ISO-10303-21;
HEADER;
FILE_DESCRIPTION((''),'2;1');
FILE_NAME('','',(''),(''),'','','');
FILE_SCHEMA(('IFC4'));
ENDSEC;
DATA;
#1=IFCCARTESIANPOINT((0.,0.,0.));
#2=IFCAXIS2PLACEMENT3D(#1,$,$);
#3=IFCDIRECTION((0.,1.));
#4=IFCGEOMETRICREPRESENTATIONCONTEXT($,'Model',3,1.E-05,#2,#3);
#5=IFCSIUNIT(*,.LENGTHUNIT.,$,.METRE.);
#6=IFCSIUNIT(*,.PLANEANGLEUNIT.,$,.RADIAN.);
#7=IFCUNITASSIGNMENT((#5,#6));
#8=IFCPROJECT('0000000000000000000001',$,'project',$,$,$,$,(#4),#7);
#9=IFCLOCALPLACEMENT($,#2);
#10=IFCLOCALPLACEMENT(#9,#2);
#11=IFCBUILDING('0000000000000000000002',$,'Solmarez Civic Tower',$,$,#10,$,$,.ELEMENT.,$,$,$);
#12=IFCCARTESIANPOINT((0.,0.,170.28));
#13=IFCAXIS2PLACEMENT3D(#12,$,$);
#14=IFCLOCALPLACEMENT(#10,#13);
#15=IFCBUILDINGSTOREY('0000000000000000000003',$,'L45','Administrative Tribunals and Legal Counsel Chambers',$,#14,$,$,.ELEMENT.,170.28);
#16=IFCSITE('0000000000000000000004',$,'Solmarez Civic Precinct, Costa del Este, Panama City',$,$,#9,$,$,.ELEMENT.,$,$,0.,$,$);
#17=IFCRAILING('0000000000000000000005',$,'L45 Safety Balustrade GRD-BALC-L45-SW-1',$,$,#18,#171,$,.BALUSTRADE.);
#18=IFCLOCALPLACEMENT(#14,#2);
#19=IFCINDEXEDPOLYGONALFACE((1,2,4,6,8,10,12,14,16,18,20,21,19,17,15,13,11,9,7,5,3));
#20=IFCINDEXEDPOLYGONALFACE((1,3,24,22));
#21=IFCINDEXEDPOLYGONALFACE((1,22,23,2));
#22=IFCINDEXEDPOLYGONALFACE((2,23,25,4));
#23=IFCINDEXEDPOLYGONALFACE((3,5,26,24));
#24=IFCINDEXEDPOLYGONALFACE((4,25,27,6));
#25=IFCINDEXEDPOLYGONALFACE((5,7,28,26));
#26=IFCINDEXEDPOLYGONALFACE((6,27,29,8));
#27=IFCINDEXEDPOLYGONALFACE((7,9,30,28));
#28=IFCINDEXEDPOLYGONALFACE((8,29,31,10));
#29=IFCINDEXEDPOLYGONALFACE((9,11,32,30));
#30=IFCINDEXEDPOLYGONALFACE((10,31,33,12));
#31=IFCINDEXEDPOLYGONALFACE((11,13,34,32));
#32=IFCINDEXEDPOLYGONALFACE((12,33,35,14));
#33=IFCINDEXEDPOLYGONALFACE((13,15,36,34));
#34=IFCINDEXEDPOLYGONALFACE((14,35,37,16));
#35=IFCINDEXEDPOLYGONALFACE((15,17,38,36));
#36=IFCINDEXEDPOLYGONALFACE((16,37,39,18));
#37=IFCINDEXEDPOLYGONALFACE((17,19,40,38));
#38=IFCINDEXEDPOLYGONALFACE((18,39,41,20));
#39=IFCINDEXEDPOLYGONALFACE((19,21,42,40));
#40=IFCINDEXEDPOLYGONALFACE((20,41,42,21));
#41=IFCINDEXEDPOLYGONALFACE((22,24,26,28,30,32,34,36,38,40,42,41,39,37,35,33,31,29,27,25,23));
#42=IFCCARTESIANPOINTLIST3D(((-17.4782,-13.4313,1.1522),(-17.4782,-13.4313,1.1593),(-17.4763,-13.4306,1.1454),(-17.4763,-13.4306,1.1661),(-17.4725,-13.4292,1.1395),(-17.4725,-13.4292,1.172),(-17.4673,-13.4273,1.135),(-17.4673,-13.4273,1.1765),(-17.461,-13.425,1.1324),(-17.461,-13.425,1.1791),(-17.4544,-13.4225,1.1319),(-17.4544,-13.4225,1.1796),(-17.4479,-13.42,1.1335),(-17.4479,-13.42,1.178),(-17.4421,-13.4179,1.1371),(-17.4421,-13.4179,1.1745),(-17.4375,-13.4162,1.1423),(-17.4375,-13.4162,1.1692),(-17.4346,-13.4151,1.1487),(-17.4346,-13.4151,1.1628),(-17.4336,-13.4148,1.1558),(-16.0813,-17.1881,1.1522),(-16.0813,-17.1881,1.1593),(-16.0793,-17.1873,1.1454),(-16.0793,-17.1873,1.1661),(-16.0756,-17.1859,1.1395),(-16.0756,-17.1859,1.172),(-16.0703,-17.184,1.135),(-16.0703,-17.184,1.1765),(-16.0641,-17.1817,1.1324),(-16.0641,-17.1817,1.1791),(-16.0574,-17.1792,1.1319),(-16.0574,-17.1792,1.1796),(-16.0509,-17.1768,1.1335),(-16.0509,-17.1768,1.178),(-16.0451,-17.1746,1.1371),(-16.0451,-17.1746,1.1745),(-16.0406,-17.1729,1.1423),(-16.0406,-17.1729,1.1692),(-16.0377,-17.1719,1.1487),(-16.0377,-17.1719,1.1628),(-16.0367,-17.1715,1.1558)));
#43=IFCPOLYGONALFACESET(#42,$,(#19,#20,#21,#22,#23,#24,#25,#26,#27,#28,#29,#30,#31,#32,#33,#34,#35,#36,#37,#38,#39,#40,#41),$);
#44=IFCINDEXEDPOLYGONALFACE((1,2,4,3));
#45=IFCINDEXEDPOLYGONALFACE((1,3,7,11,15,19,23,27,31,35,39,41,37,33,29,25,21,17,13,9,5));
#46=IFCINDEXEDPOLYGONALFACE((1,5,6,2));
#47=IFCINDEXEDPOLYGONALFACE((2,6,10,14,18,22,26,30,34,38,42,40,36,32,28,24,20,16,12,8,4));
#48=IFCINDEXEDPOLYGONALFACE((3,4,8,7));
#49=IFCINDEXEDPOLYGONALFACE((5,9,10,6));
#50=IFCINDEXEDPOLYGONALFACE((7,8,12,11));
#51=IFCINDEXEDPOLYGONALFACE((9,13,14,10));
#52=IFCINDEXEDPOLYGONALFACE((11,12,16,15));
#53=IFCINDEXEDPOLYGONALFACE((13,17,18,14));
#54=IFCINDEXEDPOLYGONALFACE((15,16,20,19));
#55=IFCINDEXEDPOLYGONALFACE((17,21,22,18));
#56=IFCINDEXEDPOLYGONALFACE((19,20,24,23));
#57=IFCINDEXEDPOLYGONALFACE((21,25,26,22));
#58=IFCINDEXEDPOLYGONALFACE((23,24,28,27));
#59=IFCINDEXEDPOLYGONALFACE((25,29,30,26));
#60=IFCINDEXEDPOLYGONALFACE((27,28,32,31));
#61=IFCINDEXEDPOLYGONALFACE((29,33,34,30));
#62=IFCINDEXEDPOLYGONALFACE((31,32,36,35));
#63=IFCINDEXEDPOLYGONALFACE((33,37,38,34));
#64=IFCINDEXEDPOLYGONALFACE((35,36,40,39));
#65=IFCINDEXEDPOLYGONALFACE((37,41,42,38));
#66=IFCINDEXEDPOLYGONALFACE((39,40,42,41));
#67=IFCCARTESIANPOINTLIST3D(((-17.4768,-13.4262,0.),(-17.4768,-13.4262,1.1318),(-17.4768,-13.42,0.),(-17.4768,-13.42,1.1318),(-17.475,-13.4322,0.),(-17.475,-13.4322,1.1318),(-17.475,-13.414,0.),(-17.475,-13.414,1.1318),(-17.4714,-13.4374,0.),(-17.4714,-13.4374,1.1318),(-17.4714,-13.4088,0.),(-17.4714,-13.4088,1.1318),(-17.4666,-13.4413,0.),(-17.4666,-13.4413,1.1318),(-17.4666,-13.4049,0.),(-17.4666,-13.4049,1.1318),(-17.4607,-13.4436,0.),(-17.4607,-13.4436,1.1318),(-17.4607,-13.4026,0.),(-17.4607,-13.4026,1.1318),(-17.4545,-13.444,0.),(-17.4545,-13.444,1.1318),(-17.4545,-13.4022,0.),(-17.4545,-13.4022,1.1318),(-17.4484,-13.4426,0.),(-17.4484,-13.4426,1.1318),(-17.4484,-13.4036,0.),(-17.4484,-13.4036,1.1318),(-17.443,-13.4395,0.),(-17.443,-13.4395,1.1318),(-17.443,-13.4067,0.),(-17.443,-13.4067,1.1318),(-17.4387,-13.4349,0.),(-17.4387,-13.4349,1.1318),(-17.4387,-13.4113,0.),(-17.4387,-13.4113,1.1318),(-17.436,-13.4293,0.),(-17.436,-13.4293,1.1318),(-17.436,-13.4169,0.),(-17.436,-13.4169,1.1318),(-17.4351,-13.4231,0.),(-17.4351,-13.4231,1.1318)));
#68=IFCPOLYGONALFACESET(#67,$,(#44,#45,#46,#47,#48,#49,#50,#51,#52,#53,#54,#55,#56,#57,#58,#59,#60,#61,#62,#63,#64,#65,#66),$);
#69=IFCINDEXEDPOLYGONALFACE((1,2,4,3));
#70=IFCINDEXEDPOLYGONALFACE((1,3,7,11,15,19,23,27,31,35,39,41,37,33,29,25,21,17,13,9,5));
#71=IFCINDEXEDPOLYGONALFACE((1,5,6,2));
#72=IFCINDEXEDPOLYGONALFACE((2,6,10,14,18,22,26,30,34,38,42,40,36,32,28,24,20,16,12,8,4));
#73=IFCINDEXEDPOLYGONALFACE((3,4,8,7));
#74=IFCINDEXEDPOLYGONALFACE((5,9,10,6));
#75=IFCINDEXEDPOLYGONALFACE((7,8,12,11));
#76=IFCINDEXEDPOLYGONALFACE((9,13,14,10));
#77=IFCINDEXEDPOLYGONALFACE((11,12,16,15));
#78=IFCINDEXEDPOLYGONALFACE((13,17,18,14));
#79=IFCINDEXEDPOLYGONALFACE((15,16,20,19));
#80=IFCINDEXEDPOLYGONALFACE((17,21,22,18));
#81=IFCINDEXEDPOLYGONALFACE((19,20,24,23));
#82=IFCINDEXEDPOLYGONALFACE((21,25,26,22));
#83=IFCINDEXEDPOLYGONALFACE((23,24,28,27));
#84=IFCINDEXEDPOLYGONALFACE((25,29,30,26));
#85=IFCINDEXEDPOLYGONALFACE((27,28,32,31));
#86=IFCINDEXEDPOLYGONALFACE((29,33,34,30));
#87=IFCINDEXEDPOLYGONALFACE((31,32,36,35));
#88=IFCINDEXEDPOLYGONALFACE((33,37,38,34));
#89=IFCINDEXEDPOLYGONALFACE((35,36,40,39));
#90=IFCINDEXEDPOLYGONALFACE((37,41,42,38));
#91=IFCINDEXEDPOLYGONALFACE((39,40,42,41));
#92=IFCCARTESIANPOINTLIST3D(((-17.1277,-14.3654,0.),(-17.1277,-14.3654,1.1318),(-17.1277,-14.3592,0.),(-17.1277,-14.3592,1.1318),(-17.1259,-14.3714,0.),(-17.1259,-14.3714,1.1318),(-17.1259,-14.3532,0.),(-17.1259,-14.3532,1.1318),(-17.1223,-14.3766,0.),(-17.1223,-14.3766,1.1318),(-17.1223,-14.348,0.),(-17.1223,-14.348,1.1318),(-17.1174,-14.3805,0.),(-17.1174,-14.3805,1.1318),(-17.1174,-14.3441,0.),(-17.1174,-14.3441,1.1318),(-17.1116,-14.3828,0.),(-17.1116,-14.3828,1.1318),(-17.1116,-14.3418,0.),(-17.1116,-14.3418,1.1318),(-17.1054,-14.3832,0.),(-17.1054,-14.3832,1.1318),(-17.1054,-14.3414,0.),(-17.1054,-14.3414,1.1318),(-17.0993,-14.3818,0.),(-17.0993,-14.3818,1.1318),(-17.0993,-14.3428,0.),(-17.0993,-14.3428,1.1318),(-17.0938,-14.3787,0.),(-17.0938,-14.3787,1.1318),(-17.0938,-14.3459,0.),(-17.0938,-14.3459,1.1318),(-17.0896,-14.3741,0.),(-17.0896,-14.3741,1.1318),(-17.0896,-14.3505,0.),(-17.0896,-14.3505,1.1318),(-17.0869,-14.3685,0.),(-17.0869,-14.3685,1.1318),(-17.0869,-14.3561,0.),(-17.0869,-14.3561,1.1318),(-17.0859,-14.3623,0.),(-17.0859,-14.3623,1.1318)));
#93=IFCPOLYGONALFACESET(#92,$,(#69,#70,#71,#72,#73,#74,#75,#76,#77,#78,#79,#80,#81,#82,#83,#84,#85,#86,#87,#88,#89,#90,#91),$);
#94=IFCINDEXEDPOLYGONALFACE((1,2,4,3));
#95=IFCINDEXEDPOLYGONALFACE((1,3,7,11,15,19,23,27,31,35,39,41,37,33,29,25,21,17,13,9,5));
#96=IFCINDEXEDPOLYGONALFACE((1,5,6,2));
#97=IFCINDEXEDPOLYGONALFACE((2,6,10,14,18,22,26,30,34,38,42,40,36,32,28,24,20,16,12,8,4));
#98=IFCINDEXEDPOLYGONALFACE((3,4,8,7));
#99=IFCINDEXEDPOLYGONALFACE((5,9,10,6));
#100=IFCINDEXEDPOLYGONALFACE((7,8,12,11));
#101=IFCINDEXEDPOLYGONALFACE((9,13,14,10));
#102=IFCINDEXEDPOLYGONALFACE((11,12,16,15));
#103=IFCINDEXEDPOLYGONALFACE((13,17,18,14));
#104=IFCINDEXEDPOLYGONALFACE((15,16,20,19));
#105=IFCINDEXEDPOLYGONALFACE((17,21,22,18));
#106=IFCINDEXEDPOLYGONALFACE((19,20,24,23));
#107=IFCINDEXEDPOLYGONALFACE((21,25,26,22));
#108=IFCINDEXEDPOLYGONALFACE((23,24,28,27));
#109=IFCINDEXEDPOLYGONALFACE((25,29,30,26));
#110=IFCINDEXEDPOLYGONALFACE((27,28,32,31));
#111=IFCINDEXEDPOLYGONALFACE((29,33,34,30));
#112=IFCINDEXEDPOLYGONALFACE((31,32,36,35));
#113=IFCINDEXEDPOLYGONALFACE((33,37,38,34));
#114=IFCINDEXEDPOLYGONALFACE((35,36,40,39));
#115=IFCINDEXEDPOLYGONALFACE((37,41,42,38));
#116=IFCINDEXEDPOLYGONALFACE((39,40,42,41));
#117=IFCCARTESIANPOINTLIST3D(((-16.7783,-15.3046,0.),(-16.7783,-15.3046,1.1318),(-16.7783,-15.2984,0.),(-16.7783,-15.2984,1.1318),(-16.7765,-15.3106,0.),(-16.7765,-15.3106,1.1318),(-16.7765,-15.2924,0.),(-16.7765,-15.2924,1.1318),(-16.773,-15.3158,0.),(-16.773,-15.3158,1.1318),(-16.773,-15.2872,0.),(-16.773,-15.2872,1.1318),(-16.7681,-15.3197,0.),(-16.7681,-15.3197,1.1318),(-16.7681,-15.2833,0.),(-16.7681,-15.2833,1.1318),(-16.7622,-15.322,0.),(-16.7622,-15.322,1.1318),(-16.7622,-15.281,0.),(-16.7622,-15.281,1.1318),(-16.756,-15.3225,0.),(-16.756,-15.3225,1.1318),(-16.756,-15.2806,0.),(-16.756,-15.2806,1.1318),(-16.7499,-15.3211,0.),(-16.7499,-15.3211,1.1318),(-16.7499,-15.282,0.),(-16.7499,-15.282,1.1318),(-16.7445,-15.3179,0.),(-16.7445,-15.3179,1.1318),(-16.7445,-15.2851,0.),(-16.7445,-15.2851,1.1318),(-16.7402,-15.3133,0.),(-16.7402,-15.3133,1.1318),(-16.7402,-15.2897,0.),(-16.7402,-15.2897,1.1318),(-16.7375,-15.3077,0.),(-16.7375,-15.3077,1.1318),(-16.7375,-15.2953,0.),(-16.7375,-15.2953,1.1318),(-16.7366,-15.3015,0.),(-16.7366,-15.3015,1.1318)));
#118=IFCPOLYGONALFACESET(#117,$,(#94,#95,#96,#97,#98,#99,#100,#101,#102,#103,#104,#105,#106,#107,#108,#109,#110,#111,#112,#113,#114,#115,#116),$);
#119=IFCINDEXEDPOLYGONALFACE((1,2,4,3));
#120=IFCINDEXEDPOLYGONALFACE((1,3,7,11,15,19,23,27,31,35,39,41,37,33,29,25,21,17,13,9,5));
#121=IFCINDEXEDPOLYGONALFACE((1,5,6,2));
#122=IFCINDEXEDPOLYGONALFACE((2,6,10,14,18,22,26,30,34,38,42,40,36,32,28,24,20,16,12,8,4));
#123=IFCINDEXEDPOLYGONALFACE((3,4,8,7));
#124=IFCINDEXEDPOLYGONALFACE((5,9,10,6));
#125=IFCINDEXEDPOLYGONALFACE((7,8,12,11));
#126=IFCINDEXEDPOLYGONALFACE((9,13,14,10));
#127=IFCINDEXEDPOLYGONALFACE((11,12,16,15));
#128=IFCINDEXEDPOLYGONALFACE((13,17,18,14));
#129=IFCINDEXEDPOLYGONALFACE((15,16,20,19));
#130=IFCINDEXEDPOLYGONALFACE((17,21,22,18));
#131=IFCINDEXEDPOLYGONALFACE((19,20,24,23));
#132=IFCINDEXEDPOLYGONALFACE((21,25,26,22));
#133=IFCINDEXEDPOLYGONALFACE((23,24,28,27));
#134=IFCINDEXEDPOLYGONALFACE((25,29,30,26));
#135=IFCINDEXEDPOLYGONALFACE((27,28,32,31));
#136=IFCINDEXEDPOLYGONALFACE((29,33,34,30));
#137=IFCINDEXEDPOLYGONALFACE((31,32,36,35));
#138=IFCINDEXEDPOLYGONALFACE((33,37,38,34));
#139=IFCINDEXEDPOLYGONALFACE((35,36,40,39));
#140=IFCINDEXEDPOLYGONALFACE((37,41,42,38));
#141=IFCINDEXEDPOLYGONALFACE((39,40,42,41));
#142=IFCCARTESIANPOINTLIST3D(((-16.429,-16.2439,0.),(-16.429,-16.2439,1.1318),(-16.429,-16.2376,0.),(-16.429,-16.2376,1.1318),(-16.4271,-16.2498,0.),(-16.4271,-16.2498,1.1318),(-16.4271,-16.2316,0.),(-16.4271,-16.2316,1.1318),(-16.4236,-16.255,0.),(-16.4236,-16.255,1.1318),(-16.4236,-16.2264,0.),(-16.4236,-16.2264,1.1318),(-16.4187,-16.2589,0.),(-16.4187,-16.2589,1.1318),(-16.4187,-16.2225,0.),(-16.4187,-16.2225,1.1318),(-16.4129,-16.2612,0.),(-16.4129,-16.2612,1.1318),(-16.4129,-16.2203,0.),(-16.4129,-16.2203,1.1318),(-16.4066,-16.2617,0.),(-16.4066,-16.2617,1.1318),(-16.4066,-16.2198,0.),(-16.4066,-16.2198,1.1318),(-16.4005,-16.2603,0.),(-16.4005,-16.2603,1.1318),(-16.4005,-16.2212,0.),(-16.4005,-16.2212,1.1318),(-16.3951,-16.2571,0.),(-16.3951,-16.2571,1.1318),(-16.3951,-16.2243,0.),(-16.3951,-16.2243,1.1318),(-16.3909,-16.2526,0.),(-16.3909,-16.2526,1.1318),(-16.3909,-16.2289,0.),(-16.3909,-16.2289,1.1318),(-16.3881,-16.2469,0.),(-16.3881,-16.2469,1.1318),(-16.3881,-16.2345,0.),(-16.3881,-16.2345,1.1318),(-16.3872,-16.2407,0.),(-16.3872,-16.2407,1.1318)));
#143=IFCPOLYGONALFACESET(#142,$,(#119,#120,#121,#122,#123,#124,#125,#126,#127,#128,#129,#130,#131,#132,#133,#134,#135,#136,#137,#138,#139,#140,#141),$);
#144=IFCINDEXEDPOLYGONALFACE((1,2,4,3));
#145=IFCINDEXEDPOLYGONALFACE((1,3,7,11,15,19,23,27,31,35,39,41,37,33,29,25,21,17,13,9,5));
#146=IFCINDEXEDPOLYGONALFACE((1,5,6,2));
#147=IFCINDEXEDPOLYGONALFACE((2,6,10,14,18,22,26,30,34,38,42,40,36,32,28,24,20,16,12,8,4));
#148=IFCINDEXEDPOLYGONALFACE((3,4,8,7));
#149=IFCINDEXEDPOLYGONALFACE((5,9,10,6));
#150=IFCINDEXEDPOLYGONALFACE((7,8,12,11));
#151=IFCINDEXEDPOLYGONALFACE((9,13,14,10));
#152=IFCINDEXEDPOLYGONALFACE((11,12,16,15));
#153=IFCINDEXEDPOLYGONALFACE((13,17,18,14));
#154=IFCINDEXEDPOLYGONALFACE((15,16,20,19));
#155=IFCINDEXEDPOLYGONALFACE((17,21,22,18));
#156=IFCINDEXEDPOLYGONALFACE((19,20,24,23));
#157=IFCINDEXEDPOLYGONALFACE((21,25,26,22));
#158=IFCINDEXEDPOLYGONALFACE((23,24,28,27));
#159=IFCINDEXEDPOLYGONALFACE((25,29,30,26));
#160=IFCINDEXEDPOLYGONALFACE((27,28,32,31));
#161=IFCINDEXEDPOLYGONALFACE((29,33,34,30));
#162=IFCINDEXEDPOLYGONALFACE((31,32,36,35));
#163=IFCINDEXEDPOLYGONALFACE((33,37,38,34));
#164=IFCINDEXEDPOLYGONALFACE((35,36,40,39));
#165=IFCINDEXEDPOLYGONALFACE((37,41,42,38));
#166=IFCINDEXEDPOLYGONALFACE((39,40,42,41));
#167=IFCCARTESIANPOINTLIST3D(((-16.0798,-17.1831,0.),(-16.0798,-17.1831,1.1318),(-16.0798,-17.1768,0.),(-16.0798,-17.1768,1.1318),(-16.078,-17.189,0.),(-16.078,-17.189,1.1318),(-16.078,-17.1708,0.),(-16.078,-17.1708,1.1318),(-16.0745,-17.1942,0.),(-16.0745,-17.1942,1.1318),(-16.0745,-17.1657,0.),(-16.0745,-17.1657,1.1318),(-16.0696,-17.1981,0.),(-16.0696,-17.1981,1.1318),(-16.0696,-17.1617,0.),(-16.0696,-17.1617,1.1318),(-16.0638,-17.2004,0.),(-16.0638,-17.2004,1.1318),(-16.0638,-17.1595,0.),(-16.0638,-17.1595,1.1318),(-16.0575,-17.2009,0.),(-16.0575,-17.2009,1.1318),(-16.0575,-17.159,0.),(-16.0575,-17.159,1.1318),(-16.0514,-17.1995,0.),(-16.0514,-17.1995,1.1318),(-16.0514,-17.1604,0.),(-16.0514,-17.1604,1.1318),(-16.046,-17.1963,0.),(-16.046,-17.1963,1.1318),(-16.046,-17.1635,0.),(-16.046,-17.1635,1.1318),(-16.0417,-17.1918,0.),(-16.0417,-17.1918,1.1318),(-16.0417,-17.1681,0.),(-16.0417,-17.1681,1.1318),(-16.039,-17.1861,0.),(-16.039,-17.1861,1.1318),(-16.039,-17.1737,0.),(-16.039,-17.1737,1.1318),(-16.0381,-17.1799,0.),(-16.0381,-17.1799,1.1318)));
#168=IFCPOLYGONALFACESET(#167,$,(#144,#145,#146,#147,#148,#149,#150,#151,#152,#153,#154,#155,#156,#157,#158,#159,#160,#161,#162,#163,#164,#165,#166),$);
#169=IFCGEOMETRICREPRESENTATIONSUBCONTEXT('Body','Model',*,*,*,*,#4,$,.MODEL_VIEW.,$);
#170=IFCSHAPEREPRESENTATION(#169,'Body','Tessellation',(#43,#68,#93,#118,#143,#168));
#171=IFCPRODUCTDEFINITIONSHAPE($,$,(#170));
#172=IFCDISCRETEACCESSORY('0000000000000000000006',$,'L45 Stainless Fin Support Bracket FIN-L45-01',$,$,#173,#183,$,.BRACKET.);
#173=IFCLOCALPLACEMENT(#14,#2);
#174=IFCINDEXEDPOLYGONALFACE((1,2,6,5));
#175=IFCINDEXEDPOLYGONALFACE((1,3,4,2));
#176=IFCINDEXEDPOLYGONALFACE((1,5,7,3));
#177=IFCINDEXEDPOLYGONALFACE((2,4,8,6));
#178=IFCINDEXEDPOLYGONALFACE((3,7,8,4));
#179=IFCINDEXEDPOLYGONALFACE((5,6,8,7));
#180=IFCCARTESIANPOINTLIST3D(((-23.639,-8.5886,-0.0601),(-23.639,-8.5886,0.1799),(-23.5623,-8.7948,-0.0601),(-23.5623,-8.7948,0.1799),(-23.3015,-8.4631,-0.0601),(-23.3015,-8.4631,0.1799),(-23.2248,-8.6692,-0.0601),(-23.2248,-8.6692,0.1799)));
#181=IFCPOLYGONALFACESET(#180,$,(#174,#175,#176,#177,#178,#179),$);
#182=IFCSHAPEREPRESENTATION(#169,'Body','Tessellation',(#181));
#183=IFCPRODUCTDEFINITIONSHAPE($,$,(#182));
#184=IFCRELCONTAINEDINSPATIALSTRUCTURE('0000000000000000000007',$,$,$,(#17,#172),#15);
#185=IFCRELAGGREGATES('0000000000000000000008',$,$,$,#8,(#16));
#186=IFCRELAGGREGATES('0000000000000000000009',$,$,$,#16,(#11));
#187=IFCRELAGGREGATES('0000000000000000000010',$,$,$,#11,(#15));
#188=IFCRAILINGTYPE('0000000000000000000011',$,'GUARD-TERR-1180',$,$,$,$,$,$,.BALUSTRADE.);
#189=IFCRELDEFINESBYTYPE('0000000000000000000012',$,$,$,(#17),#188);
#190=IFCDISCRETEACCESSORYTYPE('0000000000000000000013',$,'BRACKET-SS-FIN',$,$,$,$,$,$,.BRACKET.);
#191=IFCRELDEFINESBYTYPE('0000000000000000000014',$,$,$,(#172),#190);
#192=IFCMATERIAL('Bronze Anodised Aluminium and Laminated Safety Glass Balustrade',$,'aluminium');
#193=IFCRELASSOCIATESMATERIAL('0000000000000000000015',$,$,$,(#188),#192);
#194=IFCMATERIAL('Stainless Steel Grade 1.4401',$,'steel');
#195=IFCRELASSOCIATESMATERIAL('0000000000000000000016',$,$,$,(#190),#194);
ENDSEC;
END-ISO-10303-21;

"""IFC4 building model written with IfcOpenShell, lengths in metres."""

from ifc_helpers import new_model, si_unit, direction, frame, origin, origin_2d, place, context, subcontext, project, spatial, rectangle, circle, extrude, material, type_object, element, save


model = new_model("IFC4")

# Units and contexts
model_context = context("Model", 3, precision=1e-05, world=origin(), true_north=direction((0.0, 1.0)))
body_context = subcontext(model_context, "Body", "Model", "MODEL_VIEW")
ifc_project = project(units=[si_unit("LENGTHUNIT", "METRE"), si_unit("PLANEANGLEUNIT", "RADIAN")], contexts=[model_context])

# Site, building, storey
site_placement = place(None, origin())
site = spatial("IfcSite", under=ifc_project, at=site_placement, Name="Solmarez Civic Precinct, Costa del Este, Panama City", CompositionType="ELEMENT", RefElevation=0.0)
building_placement = place(site_placement, origin())
building = spatial("IfcBuilding", under=site, at=building_placement, Name="Solmarez Civic Tower", CompositionType="ELEMENT")
storey_placement = place(building_placement, frame((0.0, 0.0, 170.28)))
storey = spatial("IfcBuildingStorey", under=building, at=storey_placement, Name="L45", Description="Administrative Tribunals and Legal Counsel Chambers", CompositionType="ELEMENT", Elevation=170.28)

# Railing
ifc_material_1 = material(Name="Bronze Anodised Aluminium and Laminated Safety Glass Balustrade", Category="aluminium")
railing_type = type_object("IfcRailingType", Name="GUARD-TERR-1180", PredefinedType="BALUSTRADE", material=ifc_material_1)
railing_placement = place(storey_placement, frame((-17.4561, -13.4231, 0.0)))
element("IfcRailing", 1, at=railing_placement, inside=storey, type_object=railing_type, Name="L45 Safety Balustrade GRD-BALC-L45-SW-1", PredefinedType="BALUSTRADE", context=body_context, shape_type="SweptSolid", body=[
    extrude(circle(Radius=0.0239, at=origin_2d()), frame((0.0, 0.0, 1.1558), z_axis=(0.348532, -0.937297, 0.0), x_axis=(0.937297, 0.348532, 0.0)), (0.0, 0.0, 1.0), 4.0081),
    extrude(circle(Radius=0.021, at=origin_2d()), origin(), (0.0, 0.0, 1.0), 1.1318),
    extrude(circle(Radius=0.021, at=origin_2d()), frame((0.3491, -0.9392, 0.0)), (0.0, 0.0, 1.0), 1.1318),
    extrude(circle(Radius=0.021, at=origin_2d()), frame((0.6985, -1.8784, 0.0)), (0.0, 0.0, 1.0), 1.1318),
    extrude(circle(Radius=0.021, at=origin_2d()), frame((1.0479, -2.8176, 0.0)), (0.0, 0.0, 1.0), 1.1318),
    extrude(circle(Radius=0.021, at=origin_2d()), frame((1.397, -3.7568, 0.0)), (0.0, 0.0, 1.0), 1.1318),
])

# Discrete accessory
ifc_material_2 = material(Name="Stainless Steel Grade 1.4401", Category="steel")
discrete_accessory_type = type_object("IfcDiscreteAccessoryType", Name="BRACKET-SS-FIN", PredefinedType="BRACKET", material=ifc_material_2)
discrete_accessory_placement = place(storey_placement, frame((-23.4319, -8.6289, -0.0601), z_axis=(0.0, 0.0, 1.0), x_axis=(-0.937272, -0.348599, 0.0)))
element("IfcDiscreteAccessory", 2, at=discrete_accessory_placement, inside=storey, type_object=discrete_accessory_type, Name="L45 Stainless Fin Support Bracket FIN-L45-01", PredefinedType="BRACKET", context=body_context, shape_type="SweptSolid", body=[
    extrude(rectangle(XDim=0.3601, YDim=0.22, at=origin_2d()), origin(), (0.0, 0.0, 1.0), 0.24),
])

save(model, "model.ifc")
